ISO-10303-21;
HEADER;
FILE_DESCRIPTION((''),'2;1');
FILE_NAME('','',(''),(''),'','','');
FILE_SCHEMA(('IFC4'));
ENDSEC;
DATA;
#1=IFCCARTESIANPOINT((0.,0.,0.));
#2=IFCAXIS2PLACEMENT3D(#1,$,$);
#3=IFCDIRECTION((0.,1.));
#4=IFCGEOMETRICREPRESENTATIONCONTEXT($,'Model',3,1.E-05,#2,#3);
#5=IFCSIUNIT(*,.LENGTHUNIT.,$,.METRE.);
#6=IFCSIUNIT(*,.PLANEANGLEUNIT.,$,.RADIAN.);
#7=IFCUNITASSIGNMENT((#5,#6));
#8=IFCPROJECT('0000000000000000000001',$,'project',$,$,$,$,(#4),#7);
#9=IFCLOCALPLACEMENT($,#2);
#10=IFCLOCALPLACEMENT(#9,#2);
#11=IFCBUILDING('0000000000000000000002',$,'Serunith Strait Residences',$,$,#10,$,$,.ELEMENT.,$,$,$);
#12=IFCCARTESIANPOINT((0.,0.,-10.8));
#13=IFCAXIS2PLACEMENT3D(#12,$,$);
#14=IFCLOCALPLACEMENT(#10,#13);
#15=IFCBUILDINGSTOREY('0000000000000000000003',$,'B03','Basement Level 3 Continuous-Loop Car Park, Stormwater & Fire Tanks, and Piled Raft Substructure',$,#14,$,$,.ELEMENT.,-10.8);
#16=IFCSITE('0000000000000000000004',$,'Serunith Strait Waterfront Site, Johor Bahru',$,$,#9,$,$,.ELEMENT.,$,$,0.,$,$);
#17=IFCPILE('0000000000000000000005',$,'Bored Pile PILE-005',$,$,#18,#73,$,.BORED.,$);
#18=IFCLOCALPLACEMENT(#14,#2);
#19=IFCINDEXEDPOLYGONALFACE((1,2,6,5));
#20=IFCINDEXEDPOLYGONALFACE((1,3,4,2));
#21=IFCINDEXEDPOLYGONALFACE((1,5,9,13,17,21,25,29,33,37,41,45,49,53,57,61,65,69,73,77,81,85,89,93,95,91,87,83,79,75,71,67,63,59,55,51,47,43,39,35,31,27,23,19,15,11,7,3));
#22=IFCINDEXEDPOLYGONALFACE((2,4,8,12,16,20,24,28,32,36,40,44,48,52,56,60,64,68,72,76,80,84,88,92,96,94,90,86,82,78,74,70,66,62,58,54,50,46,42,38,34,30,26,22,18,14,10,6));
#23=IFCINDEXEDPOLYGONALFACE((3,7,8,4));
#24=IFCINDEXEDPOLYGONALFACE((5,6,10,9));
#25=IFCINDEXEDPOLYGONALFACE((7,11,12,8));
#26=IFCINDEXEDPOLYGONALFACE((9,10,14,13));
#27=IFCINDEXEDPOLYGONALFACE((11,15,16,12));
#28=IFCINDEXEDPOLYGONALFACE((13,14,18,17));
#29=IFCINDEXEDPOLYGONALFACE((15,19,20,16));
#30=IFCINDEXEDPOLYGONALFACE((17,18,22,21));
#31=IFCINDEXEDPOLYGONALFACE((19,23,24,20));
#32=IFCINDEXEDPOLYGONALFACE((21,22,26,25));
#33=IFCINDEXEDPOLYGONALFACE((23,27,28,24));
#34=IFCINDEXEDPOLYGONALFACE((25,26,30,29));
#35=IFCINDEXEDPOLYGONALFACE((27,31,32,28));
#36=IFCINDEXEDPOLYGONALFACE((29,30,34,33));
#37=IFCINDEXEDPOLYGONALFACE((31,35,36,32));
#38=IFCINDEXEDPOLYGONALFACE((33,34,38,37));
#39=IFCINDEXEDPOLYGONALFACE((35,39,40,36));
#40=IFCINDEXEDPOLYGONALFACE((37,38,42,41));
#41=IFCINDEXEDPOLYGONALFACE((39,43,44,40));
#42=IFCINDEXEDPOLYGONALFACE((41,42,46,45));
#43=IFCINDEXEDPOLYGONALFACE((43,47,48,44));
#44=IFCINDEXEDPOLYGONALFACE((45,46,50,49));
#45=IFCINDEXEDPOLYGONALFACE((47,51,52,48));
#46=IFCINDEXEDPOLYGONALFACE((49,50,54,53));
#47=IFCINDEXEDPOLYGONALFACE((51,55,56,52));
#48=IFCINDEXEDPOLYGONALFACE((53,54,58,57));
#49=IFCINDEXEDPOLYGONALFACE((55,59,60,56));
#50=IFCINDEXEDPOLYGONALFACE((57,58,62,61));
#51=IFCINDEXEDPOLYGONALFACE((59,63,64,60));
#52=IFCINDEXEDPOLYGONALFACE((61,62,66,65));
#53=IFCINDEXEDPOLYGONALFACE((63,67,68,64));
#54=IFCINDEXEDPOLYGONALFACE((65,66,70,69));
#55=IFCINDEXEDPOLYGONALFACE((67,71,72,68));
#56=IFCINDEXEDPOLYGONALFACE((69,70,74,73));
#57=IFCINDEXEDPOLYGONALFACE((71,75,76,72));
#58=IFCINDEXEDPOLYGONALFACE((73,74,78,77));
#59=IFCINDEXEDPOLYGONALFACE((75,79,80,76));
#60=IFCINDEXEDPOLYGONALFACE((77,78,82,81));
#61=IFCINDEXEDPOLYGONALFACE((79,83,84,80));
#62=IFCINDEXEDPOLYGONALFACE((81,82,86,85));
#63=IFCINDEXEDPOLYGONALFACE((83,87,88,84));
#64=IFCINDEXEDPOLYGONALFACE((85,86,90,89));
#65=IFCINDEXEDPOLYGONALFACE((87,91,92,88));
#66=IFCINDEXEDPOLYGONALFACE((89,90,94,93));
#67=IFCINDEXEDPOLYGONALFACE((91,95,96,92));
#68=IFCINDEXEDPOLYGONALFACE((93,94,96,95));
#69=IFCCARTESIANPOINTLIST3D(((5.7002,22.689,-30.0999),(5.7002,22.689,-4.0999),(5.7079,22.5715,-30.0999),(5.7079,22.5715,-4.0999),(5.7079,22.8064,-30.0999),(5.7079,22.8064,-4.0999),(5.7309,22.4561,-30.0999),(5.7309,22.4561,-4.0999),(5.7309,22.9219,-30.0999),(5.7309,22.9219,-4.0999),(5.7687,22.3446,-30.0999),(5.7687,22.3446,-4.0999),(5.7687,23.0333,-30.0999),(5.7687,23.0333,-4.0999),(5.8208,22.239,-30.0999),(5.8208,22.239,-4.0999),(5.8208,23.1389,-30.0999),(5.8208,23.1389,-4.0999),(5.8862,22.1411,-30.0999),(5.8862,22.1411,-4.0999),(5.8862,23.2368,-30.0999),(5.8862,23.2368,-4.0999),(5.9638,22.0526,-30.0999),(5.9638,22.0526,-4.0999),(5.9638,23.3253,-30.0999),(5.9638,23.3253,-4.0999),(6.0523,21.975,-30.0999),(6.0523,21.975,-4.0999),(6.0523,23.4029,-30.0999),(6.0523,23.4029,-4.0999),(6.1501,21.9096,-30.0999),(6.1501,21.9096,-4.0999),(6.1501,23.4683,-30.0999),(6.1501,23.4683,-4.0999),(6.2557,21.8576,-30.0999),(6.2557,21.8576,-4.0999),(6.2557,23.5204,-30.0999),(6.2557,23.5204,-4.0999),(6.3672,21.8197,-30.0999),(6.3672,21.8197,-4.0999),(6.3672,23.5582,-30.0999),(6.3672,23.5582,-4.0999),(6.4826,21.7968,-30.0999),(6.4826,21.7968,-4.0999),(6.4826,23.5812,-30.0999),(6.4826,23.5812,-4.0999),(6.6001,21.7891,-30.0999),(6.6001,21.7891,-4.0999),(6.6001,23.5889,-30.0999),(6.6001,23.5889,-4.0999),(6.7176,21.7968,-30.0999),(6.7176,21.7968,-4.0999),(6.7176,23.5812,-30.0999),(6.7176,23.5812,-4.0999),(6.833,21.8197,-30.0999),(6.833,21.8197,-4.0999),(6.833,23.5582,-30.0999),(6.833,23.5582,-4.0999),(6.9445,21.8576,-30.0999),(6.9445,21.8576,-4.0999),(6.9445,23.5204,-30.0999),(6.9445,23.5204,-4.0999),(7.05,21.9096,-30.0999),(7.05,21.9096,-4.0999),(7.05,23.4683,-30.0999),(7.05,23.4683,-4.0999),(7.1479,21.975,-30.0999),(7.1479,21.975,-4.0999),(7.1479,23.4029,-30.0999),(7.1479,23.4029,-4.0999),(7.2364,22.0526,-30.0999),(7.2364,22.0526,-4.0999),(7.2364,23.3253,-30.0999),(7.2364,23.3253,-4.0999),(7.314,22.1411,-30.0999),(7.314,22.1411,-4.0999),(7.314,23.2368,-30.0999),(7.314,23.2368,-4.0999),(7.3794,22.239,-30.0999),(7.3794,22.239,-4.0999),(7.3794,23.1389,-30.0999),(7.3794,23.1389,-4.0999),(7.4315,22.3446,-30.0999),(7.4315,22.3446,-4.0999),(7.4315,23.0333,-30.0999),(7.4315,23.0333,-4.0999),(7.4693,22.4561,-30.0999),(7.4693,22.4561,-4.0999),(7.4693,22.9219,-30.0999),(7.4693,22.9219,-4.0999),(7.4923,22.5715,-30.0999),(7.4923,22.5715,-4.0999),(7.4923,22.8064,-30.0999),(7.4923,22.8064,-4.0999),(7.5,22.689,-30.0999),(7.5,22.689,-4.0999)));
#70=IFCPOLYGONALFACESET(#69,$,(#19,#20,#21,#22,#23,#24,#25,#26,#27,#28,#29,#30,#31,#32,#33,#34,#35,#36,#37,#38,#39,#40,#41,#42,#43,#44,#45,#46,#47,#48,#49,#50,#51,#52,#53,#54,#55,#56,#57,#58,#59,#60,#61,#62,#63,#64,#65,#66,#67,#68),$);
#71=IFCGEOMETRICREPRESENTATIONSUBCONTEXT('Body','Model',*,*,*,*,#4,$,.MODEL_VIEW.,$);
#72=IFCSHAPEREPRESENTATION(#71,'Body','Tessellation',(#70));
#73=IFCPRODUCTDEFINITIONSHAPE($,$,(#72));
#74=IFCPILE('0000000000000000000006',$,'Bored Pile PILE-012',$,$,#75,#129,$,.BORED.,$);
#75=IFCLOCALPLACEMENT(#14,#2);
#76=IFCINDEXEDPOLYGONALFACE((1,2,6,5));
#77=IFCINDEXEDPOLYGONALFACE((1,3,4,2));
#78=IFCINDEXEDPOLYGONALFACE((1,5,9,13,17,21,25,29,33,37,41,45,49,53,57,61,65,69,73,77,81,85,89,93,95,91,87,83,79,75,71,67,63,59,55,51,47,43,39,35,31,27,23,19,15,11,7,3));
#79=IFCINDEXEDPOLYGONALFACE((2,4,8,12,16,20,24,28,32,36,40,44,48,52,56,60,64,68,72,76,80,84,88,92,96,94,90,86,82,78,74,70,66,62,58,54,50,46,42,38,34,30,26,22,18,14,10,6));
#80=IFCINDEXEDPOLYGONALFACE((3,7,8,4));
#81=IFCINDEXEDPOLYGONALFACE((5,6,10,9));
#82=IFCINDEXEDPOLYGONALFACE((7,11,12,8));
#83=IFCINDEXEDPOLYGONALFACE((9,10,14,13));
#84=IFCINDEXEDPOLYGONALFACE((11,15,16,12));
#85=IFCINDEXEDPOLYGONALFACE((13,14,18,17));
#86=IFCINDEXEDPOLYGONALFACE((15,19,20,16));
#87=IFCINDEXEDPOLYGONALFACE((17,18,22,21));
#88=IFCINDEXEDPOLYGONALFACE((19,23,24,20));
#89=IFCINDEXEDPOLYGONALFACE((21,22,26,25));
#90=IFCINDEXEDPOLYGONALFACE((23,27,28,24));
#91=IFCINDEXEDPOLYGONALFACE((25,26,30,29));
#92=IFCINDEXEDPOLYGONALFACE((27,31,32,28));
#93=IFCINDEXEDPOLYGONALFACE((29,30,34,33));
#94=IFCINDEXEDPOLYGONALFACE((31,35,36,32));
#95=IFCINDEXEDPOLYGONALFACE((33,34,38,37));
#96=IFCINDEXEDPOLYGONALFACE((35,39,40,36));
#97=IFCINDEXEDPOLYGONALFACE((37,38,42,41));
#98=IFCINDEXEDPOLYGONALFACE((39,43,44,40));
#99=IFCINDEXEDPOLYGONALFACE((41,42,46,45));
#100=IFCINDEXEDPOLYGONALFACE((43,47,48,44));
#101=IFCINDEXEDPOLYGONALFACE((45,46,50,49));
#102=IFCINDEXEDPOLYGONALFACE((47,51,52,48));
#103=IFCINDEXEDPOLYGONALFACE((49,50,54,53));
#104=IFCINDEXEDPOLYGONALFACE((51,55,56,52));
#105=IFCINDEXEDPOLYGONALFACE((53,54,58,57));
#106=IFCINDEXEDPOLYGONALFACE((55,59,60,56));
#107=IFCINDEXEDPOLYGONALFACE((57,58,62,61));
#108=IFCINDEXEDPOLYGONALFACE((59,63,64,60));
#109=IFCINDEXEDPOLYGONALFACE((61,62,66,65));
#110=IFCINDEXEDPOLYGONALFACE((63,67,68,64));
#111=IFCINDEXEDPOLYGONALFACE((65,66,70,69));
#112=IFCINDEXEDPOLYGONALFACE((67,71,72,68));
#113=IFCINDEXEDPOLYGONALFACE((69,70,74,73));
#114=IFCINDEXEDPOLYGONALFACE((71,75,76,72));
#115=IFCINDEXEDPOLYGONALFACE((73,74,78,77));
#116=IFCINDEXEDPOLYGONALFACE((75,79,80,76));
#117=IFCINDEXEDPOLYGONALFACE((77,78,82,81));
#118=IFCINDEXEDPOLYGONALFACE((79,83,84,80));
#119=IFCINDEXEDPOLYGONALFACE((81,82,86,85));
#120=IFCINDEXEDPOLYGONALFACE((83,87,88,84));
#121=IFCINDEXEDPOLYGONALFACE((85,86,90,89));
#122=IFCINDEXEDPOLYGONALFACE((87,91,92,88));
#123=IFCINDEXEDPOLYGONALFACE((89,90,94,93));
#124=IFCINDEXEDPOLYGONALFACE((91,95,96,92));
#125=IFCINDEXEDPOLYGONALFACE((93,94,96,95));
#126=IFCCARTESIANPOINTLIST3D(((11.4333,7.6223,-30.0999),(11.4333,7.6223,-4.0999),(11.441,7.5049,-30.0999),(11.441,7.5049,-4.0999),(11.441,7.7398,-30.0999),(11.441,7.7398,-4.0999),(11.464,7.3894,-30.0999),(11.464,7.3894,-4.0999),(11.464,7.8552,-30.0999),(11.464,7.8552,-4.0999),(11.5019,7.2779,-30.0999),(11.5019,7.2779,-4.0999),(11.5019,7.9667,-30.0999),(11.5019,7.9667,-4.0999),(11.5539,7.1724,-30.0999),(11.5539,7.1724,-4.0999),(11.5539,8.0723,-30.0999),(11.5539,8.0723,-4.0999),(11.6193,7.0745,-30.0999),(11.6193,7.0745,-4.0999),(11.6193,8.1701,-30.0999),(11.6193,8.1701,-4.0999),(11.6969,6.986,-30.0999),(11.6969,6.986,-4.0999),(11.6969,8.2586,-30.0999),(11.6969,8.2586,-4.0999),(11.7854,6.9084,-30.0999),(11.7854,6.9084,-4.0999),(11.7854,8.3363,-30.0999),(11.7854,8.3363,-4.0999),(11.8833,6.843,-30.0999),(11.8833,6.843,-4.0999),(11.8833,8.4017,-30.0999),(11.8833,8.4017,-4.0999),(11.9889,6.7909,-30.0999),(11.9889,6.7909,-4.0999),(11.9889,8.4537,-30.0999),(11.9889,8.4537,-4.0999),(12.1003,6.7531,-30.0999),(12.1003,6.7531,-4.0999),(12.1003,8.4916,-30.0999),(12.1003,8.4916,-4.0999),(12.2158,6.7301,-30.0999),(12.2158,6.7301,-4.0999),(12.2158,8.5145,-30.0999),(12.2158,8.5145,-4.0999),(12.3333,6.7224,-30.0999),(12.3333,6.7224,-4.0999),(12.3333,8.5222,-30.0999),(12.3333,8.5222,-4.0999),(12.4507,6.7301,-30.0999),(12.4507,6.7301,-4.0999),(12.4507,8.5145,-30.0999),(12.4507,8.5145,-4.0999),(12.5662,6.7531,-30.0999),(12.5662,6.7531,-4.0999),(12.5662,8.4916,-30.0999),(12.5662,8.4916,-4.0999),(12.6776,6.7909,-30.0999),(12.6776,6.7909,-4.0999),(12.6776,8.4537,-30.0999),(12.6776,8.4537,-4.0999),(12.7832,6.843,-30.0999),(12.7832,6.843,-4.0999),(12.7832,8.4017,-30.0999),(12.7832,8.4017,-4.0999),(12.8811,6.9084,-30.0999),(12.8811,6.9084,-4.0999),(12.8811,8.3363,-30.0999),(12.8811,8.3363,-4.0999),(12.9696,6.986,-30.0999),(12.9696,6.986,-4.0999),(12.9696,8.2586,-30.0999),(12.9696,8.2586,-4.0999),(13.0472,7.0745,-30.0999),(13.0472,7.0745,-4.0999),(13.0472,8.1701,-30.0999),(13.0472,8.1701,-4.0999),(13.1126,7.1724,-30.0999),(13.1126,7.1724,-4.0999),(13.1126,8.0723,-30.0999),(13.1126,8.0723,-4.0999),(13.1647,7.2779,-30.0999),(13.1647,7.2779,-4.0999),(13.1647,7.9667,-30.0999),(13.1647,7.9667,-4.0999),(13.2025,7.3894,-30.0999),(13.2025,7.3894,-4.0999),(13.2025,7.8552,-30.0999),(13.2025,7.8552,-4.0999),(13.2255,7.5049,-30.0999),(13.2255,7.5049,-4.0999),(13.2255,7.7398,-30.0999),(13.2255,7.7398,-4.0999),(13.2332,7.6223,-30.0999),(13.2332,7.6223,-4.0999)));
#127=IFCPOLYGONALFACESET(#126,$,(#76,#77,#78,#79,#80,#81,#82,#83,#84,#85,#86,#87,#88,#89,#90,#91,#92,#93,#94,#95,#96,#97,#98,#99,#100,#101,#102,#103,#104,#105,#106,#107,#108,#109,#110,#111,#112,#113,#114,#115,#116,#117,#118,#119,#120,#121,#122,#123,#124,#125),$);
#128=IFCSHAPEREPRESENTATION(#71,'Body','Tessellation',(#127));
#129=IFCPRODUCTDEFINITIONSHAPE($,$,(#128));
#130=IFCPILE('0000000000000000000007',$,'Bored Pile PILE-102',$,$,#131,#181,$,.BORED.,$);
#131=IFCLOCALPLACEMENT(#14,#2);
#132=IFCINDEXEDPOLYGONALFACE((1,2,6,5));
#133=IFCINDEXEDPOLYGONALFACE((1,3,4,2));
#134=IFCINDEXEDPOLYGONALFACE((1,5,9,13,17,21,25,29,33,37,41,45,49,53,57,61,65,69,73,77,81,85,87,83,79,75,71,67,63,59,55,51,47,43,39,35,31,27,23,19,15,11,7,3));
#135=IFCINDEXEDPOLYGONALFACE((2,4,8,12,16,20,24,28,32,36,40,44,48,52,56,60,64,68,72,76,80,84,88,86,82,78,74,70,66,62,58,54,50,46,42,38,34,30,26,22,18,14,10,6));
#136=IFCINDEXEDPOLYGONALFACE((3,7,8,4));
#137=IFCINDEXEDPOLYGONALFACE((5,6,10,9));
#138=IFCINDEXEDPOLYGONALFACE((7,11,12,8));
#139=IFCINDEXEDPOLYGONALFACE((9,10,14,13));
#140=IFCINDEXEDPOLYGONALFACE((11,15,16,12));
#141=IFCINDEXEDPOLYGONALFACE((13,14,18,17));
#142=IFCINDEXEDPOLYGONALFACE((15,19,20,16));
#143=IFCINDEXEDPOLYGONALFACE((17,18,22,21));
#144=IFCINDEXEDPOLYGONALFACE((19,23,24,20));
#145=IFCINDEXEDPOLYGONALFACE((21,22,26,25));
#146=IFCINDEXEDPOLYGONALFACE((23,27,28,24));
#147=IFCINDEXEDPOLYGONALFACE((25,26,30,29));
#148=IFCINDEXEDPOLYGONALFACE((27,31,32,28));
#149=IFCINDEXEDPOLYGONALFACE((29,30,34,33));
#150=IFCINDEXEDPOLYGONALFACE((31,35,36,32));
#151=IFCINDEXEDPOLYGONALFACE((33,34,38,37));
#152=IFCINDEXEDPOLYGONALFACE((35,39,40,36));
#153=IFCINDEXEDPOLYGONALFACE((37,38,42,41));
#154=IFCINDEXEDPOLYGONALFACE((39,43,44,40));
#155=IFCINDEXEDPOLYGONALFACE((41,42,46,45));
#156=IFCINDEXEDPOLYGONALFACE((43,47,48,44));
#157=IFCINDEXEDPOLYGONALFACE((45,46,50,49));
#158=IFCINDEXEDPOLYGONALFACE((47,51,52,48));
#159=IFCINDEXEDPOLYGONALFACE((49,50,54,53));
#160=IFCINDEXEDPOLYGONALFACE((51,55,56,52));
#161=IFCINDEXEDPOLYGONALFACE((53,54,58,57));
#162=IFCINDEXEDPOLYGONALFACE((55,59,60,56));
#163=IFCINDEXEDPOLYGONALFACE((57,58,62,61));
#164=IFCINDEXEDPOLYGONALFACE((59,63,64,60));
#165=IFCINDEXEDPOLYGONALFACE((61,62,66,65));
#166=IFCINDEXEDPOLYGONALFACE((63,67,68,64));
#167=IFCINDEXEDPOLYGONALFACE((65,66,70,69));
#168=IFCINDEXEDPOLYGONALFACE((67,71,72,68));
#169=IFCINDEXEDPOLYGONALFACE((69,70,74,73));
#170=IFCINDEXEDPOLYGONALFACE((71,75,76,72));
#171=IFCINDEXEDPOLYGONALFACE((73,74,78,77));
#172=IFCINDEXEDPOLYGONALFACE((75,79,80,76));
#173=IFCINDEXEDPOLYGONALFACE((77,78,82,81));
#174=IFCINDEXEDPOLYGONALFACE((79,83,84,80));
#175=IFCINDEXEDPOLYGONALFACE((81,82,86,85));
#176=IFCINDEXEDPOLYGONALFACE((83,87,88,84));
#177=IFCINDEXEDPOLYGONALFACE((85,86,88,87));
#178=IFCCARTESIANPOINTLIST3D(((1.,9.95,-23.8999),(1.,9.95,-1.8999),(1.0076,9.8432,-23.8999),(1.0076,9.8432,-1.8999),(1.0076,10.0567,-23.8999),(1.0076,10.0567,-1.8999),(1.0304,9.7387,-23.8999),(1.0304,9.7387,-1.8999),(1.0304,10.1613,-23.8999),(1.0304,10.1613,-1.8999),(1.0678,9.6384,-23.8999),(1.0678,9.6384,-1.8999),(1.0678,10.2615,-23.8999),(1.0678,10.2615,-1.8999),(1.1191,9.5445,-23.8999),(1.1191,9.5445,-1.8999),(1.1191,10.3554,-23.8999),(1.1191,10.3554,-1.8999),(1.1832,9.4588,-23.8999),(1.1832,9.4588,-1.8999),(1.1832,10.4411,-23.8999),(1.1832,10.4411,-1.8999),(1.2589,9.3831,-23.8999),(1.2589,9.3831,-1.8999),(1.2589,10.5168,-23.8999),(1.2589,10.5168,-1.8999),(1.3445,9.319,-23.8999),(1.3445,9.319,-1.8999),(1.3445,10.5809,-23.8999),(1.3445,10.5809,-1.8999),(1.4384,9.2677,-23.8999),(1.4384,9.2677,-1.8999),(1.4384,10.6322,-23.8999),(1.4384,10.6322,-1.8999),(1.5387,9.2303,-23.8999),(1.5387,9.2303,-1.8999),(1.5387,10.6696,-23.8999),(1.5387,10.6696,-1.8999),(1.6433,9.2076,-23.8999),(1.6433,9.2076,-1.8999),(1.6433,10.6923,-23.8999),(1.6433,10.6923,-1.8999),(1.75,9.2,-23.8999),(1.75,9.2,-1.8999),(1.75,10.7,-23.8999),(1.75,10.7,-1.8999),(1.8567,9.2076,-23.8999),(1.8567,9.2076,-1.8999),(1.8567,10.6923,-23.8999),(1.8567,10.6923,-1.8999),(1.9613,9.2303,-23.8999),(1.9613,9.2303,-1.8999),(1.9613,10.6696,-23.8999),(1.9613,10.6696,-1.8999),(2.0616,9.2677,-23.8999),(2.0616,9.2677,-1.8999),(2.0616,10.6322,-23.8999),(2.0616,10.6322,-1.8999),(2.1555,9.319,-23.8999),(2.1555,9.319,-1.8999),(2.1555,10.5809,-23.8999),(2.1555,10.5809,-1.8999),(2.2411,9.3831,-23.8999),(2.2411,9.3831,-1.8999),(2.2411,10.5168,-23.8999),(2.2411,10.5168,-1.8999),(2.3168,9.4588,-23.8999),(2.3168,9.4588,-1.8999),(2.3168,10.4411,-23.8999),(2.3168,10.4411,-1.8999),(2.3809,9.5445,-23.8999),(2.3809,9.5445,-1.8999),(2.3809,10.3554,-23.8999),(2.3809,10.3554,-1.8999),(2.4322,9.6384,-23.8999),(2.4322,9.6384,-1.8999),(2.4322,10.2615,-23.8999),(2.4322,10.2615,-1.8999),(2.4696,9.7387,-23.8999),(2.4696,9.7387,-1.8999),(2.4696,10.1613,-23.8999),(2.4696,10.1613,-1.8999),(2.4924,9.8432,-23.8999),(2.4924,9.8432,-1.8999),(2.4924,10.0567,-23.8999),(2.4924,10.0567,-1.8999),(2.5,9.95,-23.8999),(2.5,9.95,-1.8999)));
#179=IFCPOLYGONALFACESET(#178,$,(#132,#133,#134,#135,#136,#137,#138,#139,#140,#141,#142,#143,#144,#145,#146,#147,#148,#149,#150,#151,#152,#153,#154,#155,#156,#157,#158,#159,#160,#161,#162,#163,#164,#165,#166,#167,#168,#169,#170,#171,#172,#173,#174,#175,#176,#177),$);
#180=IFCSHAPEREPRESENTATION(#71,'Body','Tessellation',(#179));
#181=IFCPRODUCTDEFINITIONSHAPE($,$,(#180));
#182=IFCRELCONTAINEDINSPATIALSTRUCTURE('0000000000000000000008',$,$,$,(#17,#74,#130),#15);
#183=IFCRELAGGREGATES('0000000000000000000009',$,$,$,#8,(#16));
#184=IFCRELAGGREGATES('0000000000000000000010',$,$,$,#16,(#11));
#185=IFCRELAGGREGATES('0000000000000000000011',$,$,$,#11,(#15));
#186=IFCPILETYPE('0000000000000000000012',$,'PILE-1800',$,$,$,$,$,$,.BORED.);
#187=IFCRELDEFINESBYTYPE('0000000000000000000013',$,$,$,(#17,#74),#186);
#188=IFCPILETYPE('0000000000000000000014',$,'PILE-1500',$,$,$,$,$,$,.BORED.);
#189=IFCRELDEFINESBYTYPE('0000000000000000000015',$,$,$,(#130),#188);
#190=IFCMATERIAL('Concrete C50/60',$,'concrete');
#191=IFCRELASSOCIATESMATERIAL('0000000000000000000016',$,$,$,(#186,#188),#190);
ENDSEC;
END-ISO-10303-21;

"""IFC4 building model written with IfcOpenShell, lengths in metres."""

from ifc_helpers import new_model, si_unit, direction, frame, origin, origin_2d, place, context, subcontext, project, spatial, circle, extrude, source, transform, mapped, material, material_profile, profile_set, type_object, element, save


model = new_model("IFC4")

# Units and contexts
model_context = context("Model", 3, precision=1e-05, world=origin(), true_north=direction((0.0, 1.0)))
body_context = subcontext(model_context, "Body", "Model", "MODEL_VIEW")
ifc_project = project(units=[si_unit("LENGTHUNIT", "METRE"), si_unit("PLANEANGLEUNIT", "RADIAN")], contexts=[model_context])

# Site, building, storey
site_placement = place(None, origin())
site = spatial("IfcSite", under=ifc_project, at=site_placement, Name="Serunith Strait Waterfront Site, Johor Bahru", CompositionType="ELEMENT", RefElevation=0.0)
building_placement = place(site_placement, origin())
building = spatial("IfcBuilding", under=site, at=building_placement, Name="Serunith Strait Residences", CompositionType="ELEMENT")
storey_placement = place(building_placement, frame((0.0, 0.0, -10.8)))
storey = spatial("IfcBuildingStorey", under=building, at=storey_placement, Name="B03", Description="Basement Level 3 Continuous-Loop Car Park, Stormwater & Fire Tanks, and Piled Raft Substructure", CompositionType="ELEMENT", Elevation=-10.8)

# Shared definitions
ifc_material_1 = material(Name="Concrete C50/60", Category="concrete")

# Piles
ifc_material_profile_1 = material_profile(ifc_material_1, circle(Radius=0.8999, at=origin_2d()), Name="PILE D1800")
ifc_profile_set_1 = profile_set([ifc_material_profile_1], Name="Concrete C50/60")
pile_type_1 = type_object("IfcPileType", Name="PILE-1800", PredefinedType="BORED", material=ifc_profile_set_1)
shared_shape_1 = source(origin(), body_context, "Body", "SweptSolid", [
    extrude(circle(Radius=0.8999, at=origin_2d()), origin(), (0.0, 0.0, 1.0), 26.0),
])
for number, where, z_axis, x_axis, name in (
    (1, (6.6001, 22.689, -4.0999), (0.0, 0.0, -1.0), (1.0, 0.0, 0.0), "Bored Pile PILE-005"),
    (2, (12.3333, 7.6223, -4.0999), (0.0, 0.0, -1.0), (1.0, 0.0, 0.0), "Bored Pile PILE-012"),
):
    element("IfcPile", number, at=place(storey_placement, frame(where, z_axis=z_axis, x_axis=x_axis)), inside=storey, type_object=pile_type_1, Name=name, PredefinedType="BORED", context=body_context, shape_type="MappedRepresentation", body=[
        mapped(shared_shape_1, transform((0.0, 0.0, 0.0), scale=1.0)),
    ])
ifc_material_profile_2 = material_profile(ifc_material_1, circle(Radius=0.75, at=origin_2d()), Name="PILE D1500")
ifc_profile_set_2 = profile_set([ifc_material_profile_2], Name="Concrete C50/60")
pile_type_2 = type_object("IfcPileType", Name="PILE-1500", PredefinedType="BORED", material=ifc_profile_set_2)
shared_shape_2 = source(origin(), body_context, "Body", "SweptSolid", [
    extrude(circle(Radius=0.75, at=origin_2d()), origin(), (0.0, 0.0, 1.0), 22.0),
])
for number, where, z_axis, x_axis, name in (
    (3, (1.75, 9.95, -1.8999), (0.0, 0.0, -1.0), (1.0, 0.0, 0.0), "Bored Pile PILE-102"),
):
    element("IfcPile", number, at=place(storey_placement, frame(where, z_axis=z_axis, x_axis=x_axis)), inside=storey, type_object=pile_type_2, Name=name, PredefinedType="BORED", context=body_context, shape_type="MappedRepresentation", body=[
        mapped(shared_shape_2, transform((0.0, 0.0, 0.0), scale=1.0)),
    ])

save(model, "model.ifc")
